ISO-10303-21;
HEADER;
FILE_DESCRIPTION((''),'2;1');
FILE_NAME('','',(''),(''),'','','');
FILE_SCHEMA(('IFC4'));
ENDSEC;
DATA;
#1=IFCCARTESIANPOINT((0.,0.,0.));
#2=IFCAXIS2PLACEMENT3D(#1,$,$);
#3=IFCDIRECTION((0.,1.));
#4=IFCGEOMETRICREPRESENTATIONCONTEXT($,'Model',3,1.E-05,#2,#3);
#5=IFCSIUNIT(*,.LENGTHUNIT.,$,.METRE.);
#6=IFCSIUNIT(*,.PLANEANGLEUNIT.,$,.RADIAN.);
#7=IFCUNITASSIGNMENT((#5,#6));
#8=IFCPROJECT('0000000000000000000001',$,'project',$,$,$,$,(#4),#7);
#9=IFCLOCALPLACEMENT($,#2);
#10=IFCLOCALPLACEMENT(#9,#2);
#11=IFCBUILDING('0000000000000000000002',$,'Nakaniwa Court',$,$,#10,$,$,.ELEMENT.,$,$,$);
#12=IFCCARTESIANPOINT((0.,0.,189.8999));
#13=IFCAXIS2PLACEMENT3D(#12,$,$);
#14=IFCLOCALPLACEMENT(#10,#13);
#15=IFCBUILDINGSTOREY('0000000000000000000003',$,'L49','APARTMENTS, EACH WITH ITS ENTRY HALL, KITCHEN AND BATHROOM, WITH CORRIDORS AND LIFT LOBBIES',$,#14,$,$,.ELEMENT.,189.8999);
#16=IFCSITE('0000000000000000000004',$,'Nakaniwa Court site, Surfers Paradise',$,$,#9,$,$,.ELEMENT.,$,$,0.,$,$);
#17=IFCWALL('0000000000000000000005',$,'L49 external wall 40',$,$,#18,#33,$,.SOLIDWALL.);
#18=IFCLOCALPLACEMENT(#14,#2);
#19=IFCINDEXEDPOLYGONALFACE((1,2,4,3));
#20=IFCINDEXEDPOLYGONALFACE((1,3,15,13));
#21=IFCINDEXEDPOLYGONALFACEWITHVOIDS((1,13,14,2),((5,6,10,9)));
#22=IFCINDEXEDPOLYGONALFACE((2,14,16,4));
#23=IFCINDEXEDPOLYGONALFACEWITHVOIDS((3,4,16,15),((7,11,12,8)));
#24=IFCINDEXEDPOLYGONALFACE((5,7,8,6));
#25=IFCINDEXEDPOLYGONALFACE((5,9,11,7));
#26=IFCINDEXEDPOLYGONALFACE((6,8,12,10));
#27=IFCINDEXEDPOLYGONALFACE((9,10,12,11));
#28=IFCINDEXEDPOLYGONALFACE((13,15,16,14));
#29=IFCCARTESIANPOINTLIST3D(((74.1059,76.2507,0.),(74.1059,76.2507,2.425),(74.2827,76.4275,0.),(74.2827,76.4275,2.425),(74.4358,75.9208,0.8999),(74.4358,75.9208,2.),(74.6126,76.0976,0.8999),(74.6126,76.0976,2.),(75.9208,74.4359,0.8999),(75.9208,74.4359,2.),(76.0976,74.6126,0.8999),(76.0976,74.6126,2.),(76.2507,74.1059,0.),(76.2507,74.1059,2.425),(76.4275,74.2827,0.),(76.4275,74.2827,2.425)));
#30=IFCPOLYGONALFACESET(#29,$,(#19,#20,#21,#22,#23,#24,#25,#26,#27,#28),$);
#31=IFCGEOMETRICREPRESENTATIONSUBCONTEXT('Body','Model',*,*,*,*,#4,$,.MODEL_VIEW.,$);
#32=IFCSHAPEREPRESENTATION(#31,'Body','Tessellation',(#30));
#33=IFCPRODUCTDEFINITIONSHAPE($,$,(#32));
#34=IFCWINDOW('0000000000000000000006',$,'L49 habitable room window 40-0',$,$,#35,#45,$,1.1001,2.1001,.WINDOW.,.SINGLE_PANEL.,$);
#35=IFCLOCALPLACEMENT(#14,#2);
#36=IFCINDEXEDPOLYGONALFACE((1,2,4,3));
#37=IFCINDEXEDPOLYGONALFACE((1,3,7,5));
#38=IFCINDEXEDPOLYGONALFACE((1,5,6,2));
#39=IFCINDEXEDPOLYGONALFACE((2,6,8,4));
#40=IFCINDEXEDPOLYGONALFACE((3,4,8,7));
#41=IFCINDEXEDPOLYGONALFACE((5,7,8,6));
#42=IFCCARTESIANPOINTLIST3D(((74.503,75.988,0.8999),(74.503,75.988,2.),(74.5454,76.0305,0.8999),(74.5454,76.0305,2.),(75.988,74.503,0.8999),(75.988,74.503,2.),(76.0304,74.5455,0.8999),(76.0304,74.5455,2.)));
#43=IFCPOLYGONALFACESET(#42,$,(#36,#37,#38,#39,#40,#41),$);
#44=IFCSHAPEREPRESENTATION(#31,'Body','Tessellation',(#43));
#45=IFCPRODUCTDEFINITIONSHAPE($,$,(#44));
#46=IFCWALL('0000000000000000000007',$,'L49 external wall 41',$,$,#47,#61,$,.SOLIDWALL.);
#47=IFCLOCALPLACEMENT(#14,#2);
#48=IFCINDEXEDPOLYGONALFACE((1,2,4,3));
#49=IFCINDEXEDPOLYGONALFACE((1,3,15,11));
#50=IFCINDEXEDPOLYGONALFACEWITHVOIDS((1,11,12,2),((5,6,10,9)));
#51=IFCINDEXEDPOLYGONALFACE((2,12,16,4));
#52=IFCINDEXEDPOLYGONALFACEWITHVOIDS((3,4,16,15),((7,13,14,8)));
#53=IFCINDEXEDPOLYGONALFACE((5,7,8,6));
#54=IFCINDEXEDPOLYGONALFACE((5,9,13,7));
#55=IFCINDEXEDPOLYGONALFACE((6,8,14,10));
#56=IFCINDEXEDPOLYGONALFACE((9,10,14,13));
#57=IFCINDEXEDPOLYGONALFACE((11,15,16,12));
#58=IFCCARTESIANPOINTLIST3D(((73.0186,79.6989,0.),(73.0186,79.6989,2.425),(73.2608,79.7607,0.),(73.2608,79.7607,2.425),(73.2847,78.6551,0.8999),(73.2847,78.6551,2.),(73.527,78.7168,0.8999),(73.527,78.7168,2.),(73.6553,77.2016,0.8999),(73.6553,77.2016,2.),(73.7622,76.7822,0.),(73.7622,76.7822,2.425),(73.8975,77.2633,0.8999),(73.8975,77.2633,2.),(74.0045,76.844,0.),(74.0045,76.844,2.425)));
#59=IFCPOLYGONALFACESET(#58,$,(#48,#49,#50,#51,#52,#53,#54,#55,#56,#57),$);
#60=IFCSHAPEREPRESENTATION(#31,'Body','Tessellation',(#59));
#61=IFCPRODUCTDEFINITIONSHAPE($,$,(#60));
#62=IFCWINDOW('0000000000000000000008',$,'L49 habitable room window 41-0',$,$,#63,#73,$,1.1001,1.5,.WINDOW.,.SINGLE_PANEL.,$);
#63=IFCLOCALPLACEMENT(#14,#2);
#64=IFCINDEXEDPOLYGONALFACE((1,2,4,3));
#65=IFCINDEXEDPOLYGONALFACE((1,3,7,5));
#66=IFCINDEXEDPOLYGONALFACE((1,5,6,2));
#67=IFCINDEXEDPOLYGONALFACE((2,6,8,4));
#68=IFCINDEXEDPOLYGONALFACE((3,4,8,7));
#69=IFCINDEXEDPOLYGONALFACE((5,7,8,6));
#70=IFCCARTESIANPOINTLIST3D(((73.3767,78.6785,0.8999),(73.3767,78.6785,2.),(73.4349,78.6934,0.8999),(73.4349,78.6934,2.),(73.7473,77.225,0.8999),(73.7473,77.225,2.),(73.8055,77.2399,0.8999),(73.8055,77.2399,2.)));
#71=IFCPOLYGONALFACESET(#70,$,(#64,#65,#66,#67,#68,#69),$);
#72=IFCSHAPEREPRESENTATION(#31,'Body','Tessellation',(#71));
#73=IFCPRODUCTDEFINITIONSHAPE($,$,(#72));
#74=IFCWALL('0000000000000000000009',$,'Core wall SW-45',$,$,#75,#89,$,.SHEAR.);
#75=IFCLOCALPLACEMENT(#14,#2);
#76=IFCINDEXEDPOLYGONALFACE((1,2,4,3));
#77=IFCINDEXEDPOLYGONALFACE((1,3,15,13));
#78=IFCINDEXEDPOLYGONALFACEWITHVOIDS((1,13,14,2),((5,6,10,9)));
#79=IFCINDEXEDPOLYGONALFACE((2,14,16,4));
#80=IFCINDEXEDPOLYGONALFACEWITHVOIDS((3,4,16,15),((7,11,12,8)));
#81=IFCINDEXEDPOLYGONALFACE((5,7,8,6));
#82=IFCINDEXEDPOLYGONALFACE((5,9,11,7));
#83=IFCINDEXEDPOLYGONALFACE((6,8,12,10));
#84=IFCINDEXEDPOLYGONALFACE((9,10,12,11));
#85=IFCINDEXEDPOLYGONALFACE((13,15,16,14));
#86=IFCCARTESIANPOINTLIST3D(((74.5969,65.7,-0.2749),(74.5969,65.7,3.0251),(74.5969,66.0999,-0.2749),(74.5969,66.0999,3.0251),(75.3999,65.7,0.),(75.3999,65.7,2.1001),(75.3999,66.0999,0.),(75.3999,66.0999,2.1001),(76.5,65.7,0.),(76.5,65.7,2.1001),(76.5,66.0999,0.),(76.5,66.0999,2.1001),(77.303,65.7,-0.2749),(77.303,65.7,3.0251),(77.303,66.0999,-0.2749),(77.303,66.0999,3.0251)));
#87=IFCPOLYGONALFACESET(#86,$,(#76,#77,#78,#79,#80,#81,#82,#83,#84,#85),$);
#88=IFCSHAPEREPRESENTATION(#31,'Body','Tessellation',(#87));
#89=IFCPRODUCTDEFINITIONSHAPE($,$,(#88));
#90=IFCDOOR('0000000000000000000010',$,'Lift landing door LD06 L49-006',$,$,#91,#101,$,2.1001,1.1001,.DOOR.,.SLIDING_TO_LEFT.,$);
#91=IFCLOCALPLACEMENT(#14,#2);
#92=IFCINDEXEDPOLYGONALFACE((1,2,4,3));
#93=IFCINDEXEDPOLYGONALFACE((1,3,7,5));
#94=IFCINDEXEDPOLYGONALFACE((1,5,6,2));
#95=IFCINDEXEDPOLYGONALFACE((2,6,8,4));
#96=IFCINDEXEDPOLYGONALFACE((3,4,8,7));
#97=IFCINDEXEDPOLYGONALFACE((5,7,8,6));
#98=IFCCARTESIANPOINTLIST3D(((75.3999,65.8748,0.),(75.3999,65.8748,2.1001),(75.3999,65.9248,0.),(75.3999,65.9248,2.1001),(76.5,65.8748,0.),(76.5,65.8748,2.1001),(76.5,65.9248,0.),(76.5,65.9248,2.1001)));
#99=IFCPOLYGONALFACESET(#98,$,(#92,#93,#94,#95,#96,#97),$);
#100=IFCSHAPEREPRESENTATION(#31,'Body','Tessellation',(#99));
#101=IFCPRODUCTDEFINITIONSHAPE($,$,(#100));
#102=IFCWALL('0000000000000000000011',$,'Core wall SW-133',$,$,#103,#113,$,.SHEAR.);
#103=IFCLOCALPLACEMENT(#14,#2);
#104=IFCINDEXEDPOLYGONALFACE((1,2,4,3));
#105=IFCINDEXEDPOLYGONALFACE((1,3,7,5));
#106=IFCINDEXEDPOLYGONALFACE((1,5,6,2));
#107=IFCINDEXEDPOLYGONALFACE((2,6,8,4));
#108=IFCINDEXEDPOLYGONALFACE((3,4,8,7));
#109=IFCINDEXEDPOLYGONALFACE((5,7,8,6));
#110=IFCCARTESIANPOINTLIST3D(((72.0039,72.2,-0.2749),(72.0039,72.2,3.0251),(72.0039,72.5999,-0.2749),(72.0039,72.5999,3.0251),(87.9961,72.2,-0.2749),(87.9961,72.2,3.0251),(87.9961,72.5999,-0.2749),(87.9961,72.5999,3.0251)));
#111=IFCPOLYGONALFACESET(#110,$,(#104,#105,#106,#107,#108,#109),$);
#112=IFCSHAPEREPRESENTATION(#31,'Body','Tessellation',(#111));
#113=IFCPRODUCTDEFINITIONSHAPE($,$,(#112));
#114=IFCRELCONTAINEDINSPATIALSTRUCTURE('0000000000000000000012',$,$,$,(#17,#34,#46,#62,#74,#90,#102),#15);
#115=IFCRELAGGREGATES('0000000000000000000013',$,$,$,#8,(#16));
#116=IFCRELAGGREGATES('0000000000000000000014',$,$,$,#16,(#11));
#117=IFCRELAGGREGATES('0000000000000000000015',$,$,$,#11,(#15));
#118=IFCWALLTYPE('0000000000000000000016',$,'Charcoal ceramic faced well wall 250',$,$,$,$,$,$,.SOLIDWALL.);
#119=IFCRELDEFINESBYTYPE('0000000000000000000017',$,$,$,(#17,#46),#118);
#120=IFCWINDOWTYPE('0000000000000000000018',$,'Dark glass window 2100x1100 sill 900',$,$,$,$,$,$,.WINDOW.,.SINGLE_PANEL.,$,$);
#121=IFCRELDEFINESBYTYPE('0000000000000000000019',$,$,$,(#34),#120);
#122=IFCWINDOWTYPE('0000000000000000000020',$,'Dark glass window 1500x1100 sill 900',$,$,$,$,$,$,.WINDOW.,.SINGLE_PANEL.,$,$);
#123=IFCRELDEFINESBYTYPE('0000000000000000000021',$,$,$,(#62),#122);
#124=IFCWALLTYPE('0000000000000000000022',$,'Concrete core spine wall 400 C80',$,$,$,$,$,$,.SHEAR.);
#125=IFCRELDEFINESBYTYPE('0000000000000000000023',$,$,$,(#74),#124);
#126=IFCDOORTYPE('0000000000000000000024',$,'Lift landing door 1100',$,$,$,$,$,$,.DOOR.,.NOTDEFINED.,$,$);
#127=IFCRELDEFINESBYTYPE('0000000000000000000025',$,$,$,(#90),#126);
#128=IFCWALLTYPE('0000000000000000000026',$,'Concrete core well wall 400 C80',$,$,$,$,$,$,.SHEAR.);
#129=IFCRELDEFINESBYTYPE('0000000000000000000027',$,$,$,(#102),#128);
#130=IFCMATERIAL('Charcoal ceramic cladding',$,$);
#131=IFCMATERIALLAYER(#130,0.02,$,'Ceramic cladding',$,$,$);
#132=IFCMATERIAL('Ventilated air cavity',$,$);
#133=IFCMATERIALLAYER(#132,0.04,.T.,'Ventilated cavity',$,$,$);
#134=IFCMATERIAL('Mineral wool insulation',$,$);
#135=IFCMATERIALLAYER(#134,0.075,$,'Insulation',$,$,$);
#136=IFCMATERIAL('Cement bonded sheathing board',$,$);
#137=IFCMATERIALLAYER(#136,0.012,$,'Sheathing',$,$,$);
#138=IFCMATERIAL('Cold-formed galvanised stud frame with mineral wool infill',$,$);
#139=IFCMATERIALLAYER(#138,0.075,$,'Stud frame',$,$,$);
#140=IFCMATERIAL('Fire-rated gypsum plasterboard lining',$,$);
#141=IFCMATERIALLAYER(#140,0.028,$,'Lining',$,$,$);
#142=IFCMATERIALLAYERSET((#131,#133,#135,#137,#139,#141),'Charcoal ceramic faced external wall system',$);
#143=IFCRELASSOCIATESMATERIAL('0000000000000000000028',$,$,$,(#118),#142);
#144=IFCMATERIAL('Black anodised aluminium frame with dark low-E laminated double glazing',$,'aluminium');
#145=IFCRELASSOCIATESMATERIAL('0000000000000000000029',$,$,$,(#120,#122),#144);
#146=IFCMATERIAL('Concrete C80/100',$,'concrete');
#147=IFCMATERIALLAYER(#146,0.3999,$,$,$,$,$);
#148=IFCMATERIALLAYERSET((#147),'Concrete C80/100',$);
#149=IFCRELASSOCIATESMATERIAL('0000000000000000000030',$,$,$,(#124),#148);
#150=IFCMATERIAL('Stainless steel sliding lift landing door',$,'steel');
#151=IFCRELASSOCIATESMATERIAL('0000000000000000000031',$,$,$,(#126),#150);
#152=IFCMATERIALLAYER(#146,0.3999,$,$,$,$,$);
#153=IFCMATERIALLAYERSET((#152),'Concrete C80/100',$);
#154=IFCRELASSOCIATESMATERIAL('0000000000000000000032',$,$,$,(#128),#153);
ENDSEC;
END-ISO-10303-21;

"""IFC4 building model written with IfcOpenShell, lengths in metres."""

from ifc_helpers import new_model, si_unit, direction, frame, frame_2d, origin, place, context, subcontext, project, spatial, rectangle, extrude, material, layer, layer_set, type_object, element, fill, save


model = new_model("IFC4")

# Units and contexts
model_context = context("Model", 3, precision=1e-05, world=origin(), true_north=direction((0.0, 1.0)))
body_context = subcontext(model_context, "Body", "Model", "MODEL_VIEW")
ifc_project = project(units=[si_unit("LENGTHUNIT", "METRE"), si_unit("PLANEANGLEUNIT", "RADIAN")], contexts=[model_context])

# Site, building, storey
site_placement = place(None, origin())
site = spatial("IfcSite", under=ifc_project, at=site_placement, Name="Nakaniwa Court site, Surfers Paradise", CompositionType="ELEMENT", RefElevation=0.0)
building_placement = place(site_placement, origin())
building = spatial("IfcBuilding", under=site, at=building_placement, Name="Nakaniwa Court", CompositionType="ELEMENT")
storey_placement = place(building_placement, frame((0.0, 0.0, 189.8999)))
storey = spatial("IfcBuildingStorey", under=building, at=storey_placement, Name="L49", Description="APARTMENTS, EACH WITH ITS ENTRY HALL, KITCHEN AND BATHROOM, WITH CORRIDORS AND LIFT LOBBIES", CompositionType="ELEMENT", Elevation=189.8999)

# Shared definitions
ifc_material_1 = material(Name="Concrete C80/100", Category="concrete")

# Walls, openings, windows
ifc_material_2 = material(Name="Charcoal ceramic cladding")
ifc_layer_1 = layer(ifc_material_2, 0.02, Name="Ceramic cladding")
ifc_material_3 = material(Name="Ventilated air cavity")
ifc_layer_2 = layer(ifc_material_3, 0.04, ventilated=True, Name="Ventilated cavity")
ifc_material_4 = material(Name="Mineral wool insulation")
ifc_layer_3 = layer(ifc_material_4, 0.075, Name="Insulation")
ifc_material_5 = material(Name="Cement bonded sheathing board")
ifc_layer_4 = layer(ifc_material_5, 0.012, Name="Sheathing")
ifc_material_6 = material(Name="Cold-formed galvanised stud frame with mineral wool infill")
ifc_layer_5 = layer(ifc_material_6, 0.075, Name="Stud frame")
ifc_material_7 = material(Name="Fire-rated gypsum plasterboard lining")
ifc_layer_6 = layer(ifc_material_7, 0.028, Name="Lining")
ifc_layer_set_1 = layer_set([ifc_layer_1, ifc_layer_2, ifc_layer_3, ifc_layer_4, ifc_layer_5, ifc_layer_6], Name="Charcoal ceramic faced external wall system")
wall_type_1 = type_object("IfcWallType", Name="Charcoal ceramic faced well wall 250", PredefinedType="SOLIDWALL", material=ifc_layer_set_1)
wall_1_placement = place(storey_placement, frame((76.3391, 74.1943, 0.0), z_axis=(0.0, 0.0, 1.0), x_axis=(-0.707107, 0.707107, 0.0)))
wall_1 = element("IfcWall", 1, at=wall_1_placement, inside=storey, type_object=wall_type_1, Name="L49 external wall 40", PredefinedType="SOLIDWALL", context=body_context, shape_type="SweptSolid", body=[
    extrude(rectangle(XDim=3.0332, YDim=0.25, at=frame_2d((1.5166, 0.0))), origin(), (0.0, 0.0, 1.0), 2.425),
])
opening_1_placement = place(wall_1_placement, frame((0.4666, 0.0, 0.8999)))
opening_1 = element("IfcOpeningElement", 2, at=opening_1_placement, cuts=wall_1, PredefinedType="OPENING", context=body_context, shape_type="SweptSolid", body=[
    extrude(rectangle(XDim=2.1001, YDim=1.1001, at=frame_2d((1.05, 0.55))), frame((0.0, 0.135, 0.0), z_axis=(0.0, -1.0, 0.0), x_axis=(1.0, 0.0, 0.0)), (0.0, 0.0, 1.0), 0.27),
])
ifc_material_8 = material(Name="Black anodised aluminium frame with dark low-E laminated double glazing", Category="aluminium")
window_type_1 = type_object("IfcWindowType", Name="Dark glass window 2100x1100 sill 900", PartitioningType="SINGLE_PANEL", PredefinedType="WINDOW", material=ifc_material_8)
window_1_placement = place(opening_1_placement, origin())
window_1 = element("IfcWindow", 3, at=window_1_placement, inside=storey, type_object=window_type_1, Name="L49 habitable room window 40-0", OverallHeight=1.1001, OverallWidth=2.1001, PartitioningType="SINGLE_PANEL", PredefinedType="WINDOW", context=body_context, shape_type="SweptSolid", body=[
    extrude(rectangle(XDim=2.1001, YDim=1.1001, at=frame_2d((1.05, 0.55))), frame((0.0, 0.03, 0.0), z_axis=(0.0, -1.0, 0.0), x_axis=(1.0, 0.0, 0.0)), (0.0, 0.0, 1.0), 0.0601),
])
fill(opening_1, window_1)
wall_2_placement = place(storey_placement, frame((73.8833, 76.8132, 0.0), z_axis=(0.0, 0.0, 1.0), x_axis=(-0.247056, 0.969001, 0.0)))
wall_2 = element("IfcWall", 4, at=wall_2_placement, inside=storey, type_object=wall_type_1, Name="L49 external wall 41", PredefinedType="SOLIDWALL", context=body_context, shape_type="SweptSolid", body=[
    extrude(rectangle(XDim=3.01, YDim=0.25, at=frame_2d((1.5049, 0.0))), origin(), (0.0, 0.0, 1.0), 2.425),
])
opening_2_placement = place(wall_2_placement, frame((0.4326, 0.0, 0.8999)))
opening_2 = element("IfcOpeningElement", 5, at=opening_2_placement, cuts=wall_2, PredefinedType="OPENING", context=body_context, shape_type="SweptSolid", body=[
    extrude(rectangle(XDim=1.5, YDim=1.1001, at=frame_2d((0.75, 0.55))), frame((0.0, 0.135, 0.0), z_axis=(0.0, -1.0, 0.0), x_axis=(1.0, 0.0, 0.0)), (0.0, 0.0, 1.0), 0.27),
])
window_type_2 = type_object("IfcWindowType", Name="Dark glass window 1500x1100 sill 900", PartitioningType="SINGLE_PANEL", PredefinedType="WINDOW", material=ifc_material_8)
window_2_placement = place(opening_2_placement, origin())
window_2 = element("IfcWindow", 6, at=window_2_placement, inside=storey, type_object=window_type_2, Name="L49 habitable room window 41-0", OverallHeight=1.1001, OverallWidth=1.5, PartitioningType="SINGLE_PANEL", PredefinedType="WINDOW", context=body_context, shape_type="SweptSolid", body=[
    extrude(rectangle(XDim=1.5, YDim=1.1001, at=frame_2d((0.75, 0.55))), frame((0.0, 0.03, 0.0), z_axis=(0.0, -1.0, 0.0), x_axis=(1.0, 0.0, 0.0)), (0.0, 0.0, 1.0), 0.0601),
])
fill(opening_2, window_2)

# Wall, opening, door
ifc_layer_7 = layer(ifc_material_1, 0.3999)
ifc_layer_set_2 = layer_set([ifc_layer_7], Name="Concrete C80/100")
wall_type_2 = type_object("IfcWallType", Name="Concrete core spine wall 400 C80", PredefinedType="SHEAR", material=ifc_layer_set_2)
wall_3_placement = place(storey_placement, frame((74.5969, 65.8999, -0.2749), z_axis=(0.0, 0.0, 1.0), x_axis=(1.0, 0.0, 0.0)))
wall_3 = element("IfcWall", 7, at=wall_3_placement, inside=storey, type_object=wall_type_2, Name="Core wall SW-45", PredefinedType="SHEAR", context=body_context, shape_type="SweptSolid", body=[
    extrude(rectangle(XDim=2.7061, YDim=0.3999, at=frame_2d((1.353, 0.0))), origin(), (0.0, 0.0, 1.0), 3.3),
])
opening_3_placement = place(wall_3_placement, frame((0.803, 0.0, 0.2749)))
opening_3 = element("IfcOpeningElement", 8, at=opening_3_placement, cuts=wall_3, PredefinedType="OPENING", context=body_context, shape_type="SweptSolid", body=[
    extrude(rectangle(XDim=1.1001, YDim=2.1001, at=frame_2d((0.55, 1.05))), frame((0.0, 0.21, 0.0), z_axis=(0.0, -1.0, 0.0), x_axis=(1.0, 0.0, 0.0)), (0.0, 0.0, 1.0), 0.4199),
])
ifc_material_9 = material(Name="Stainless steel sliding lift landing door", Category="steel")
door_type_1 = type_object("IfcDoorType", Name="Lift landing door 1100", OperationType="NOTDEFINED", PredefinedType="DOOR", material=ifc_material_9)
door_1_placement = place(opening_3_placement, origin())
door_1 = element("IfcDoor", 9, at=door_1_placement, inside=storey, type_object=door_type_1, Name="Lift landing door LD06 L49-006", OperationType="SLIDING_TO_LEFT", OverallHeight=2.1001, OverallWidth=1.1001, PredefinedType="DOOR", context=body_context, shape_type="SweptSolid", body=[
    extrude(rectangle(XDim=1.1001, YDim=2.1001, at=frame_2d((0.55, 1.05))), frame((0.0, 0.0249, 0.0), z_axis=(0.0, -1.0, 0.0), x_axis=(1.0, 0.0, 0.0)), (0.0, 0.0, 1.0), 0.05),
])
fill(opening_3, door_1)

# Wall
ifc_layer_8 = layer(ifc_material_1, 0.3999)
ifc_layer_set_3 = layer_set([ifc_layer_8], Name="Concrete C80/100")
wall_type_3 = type_object("IfcWallType", Name="Concrete core well wall 400 C80", PredefinedType="SHEAR", material=ifc_layer_set_3)
wall_4_placement = place(storey_placement, frame((72.0039, 72.3999, -0.2749), z_axis=(0.0, 0.0, 1.0), x_axis=(1.0, 0.0, 0.0)))
element("IfcWall", 10, at=wall_4_placement, inside=storey, type_object=wall_type_3, Name="Core wall SW-133", PredefinedType="SHEAR", context=body_context, shape_type="SweptSolid", body=[
    extrude(rectangle(XDim=15.9922, YDim=0.3999, at=frame_2d((7.9961, 0.0))), origin(), (0.0, 0.0, 1.0), 3.3),
])

save(model, "model.ifc")
